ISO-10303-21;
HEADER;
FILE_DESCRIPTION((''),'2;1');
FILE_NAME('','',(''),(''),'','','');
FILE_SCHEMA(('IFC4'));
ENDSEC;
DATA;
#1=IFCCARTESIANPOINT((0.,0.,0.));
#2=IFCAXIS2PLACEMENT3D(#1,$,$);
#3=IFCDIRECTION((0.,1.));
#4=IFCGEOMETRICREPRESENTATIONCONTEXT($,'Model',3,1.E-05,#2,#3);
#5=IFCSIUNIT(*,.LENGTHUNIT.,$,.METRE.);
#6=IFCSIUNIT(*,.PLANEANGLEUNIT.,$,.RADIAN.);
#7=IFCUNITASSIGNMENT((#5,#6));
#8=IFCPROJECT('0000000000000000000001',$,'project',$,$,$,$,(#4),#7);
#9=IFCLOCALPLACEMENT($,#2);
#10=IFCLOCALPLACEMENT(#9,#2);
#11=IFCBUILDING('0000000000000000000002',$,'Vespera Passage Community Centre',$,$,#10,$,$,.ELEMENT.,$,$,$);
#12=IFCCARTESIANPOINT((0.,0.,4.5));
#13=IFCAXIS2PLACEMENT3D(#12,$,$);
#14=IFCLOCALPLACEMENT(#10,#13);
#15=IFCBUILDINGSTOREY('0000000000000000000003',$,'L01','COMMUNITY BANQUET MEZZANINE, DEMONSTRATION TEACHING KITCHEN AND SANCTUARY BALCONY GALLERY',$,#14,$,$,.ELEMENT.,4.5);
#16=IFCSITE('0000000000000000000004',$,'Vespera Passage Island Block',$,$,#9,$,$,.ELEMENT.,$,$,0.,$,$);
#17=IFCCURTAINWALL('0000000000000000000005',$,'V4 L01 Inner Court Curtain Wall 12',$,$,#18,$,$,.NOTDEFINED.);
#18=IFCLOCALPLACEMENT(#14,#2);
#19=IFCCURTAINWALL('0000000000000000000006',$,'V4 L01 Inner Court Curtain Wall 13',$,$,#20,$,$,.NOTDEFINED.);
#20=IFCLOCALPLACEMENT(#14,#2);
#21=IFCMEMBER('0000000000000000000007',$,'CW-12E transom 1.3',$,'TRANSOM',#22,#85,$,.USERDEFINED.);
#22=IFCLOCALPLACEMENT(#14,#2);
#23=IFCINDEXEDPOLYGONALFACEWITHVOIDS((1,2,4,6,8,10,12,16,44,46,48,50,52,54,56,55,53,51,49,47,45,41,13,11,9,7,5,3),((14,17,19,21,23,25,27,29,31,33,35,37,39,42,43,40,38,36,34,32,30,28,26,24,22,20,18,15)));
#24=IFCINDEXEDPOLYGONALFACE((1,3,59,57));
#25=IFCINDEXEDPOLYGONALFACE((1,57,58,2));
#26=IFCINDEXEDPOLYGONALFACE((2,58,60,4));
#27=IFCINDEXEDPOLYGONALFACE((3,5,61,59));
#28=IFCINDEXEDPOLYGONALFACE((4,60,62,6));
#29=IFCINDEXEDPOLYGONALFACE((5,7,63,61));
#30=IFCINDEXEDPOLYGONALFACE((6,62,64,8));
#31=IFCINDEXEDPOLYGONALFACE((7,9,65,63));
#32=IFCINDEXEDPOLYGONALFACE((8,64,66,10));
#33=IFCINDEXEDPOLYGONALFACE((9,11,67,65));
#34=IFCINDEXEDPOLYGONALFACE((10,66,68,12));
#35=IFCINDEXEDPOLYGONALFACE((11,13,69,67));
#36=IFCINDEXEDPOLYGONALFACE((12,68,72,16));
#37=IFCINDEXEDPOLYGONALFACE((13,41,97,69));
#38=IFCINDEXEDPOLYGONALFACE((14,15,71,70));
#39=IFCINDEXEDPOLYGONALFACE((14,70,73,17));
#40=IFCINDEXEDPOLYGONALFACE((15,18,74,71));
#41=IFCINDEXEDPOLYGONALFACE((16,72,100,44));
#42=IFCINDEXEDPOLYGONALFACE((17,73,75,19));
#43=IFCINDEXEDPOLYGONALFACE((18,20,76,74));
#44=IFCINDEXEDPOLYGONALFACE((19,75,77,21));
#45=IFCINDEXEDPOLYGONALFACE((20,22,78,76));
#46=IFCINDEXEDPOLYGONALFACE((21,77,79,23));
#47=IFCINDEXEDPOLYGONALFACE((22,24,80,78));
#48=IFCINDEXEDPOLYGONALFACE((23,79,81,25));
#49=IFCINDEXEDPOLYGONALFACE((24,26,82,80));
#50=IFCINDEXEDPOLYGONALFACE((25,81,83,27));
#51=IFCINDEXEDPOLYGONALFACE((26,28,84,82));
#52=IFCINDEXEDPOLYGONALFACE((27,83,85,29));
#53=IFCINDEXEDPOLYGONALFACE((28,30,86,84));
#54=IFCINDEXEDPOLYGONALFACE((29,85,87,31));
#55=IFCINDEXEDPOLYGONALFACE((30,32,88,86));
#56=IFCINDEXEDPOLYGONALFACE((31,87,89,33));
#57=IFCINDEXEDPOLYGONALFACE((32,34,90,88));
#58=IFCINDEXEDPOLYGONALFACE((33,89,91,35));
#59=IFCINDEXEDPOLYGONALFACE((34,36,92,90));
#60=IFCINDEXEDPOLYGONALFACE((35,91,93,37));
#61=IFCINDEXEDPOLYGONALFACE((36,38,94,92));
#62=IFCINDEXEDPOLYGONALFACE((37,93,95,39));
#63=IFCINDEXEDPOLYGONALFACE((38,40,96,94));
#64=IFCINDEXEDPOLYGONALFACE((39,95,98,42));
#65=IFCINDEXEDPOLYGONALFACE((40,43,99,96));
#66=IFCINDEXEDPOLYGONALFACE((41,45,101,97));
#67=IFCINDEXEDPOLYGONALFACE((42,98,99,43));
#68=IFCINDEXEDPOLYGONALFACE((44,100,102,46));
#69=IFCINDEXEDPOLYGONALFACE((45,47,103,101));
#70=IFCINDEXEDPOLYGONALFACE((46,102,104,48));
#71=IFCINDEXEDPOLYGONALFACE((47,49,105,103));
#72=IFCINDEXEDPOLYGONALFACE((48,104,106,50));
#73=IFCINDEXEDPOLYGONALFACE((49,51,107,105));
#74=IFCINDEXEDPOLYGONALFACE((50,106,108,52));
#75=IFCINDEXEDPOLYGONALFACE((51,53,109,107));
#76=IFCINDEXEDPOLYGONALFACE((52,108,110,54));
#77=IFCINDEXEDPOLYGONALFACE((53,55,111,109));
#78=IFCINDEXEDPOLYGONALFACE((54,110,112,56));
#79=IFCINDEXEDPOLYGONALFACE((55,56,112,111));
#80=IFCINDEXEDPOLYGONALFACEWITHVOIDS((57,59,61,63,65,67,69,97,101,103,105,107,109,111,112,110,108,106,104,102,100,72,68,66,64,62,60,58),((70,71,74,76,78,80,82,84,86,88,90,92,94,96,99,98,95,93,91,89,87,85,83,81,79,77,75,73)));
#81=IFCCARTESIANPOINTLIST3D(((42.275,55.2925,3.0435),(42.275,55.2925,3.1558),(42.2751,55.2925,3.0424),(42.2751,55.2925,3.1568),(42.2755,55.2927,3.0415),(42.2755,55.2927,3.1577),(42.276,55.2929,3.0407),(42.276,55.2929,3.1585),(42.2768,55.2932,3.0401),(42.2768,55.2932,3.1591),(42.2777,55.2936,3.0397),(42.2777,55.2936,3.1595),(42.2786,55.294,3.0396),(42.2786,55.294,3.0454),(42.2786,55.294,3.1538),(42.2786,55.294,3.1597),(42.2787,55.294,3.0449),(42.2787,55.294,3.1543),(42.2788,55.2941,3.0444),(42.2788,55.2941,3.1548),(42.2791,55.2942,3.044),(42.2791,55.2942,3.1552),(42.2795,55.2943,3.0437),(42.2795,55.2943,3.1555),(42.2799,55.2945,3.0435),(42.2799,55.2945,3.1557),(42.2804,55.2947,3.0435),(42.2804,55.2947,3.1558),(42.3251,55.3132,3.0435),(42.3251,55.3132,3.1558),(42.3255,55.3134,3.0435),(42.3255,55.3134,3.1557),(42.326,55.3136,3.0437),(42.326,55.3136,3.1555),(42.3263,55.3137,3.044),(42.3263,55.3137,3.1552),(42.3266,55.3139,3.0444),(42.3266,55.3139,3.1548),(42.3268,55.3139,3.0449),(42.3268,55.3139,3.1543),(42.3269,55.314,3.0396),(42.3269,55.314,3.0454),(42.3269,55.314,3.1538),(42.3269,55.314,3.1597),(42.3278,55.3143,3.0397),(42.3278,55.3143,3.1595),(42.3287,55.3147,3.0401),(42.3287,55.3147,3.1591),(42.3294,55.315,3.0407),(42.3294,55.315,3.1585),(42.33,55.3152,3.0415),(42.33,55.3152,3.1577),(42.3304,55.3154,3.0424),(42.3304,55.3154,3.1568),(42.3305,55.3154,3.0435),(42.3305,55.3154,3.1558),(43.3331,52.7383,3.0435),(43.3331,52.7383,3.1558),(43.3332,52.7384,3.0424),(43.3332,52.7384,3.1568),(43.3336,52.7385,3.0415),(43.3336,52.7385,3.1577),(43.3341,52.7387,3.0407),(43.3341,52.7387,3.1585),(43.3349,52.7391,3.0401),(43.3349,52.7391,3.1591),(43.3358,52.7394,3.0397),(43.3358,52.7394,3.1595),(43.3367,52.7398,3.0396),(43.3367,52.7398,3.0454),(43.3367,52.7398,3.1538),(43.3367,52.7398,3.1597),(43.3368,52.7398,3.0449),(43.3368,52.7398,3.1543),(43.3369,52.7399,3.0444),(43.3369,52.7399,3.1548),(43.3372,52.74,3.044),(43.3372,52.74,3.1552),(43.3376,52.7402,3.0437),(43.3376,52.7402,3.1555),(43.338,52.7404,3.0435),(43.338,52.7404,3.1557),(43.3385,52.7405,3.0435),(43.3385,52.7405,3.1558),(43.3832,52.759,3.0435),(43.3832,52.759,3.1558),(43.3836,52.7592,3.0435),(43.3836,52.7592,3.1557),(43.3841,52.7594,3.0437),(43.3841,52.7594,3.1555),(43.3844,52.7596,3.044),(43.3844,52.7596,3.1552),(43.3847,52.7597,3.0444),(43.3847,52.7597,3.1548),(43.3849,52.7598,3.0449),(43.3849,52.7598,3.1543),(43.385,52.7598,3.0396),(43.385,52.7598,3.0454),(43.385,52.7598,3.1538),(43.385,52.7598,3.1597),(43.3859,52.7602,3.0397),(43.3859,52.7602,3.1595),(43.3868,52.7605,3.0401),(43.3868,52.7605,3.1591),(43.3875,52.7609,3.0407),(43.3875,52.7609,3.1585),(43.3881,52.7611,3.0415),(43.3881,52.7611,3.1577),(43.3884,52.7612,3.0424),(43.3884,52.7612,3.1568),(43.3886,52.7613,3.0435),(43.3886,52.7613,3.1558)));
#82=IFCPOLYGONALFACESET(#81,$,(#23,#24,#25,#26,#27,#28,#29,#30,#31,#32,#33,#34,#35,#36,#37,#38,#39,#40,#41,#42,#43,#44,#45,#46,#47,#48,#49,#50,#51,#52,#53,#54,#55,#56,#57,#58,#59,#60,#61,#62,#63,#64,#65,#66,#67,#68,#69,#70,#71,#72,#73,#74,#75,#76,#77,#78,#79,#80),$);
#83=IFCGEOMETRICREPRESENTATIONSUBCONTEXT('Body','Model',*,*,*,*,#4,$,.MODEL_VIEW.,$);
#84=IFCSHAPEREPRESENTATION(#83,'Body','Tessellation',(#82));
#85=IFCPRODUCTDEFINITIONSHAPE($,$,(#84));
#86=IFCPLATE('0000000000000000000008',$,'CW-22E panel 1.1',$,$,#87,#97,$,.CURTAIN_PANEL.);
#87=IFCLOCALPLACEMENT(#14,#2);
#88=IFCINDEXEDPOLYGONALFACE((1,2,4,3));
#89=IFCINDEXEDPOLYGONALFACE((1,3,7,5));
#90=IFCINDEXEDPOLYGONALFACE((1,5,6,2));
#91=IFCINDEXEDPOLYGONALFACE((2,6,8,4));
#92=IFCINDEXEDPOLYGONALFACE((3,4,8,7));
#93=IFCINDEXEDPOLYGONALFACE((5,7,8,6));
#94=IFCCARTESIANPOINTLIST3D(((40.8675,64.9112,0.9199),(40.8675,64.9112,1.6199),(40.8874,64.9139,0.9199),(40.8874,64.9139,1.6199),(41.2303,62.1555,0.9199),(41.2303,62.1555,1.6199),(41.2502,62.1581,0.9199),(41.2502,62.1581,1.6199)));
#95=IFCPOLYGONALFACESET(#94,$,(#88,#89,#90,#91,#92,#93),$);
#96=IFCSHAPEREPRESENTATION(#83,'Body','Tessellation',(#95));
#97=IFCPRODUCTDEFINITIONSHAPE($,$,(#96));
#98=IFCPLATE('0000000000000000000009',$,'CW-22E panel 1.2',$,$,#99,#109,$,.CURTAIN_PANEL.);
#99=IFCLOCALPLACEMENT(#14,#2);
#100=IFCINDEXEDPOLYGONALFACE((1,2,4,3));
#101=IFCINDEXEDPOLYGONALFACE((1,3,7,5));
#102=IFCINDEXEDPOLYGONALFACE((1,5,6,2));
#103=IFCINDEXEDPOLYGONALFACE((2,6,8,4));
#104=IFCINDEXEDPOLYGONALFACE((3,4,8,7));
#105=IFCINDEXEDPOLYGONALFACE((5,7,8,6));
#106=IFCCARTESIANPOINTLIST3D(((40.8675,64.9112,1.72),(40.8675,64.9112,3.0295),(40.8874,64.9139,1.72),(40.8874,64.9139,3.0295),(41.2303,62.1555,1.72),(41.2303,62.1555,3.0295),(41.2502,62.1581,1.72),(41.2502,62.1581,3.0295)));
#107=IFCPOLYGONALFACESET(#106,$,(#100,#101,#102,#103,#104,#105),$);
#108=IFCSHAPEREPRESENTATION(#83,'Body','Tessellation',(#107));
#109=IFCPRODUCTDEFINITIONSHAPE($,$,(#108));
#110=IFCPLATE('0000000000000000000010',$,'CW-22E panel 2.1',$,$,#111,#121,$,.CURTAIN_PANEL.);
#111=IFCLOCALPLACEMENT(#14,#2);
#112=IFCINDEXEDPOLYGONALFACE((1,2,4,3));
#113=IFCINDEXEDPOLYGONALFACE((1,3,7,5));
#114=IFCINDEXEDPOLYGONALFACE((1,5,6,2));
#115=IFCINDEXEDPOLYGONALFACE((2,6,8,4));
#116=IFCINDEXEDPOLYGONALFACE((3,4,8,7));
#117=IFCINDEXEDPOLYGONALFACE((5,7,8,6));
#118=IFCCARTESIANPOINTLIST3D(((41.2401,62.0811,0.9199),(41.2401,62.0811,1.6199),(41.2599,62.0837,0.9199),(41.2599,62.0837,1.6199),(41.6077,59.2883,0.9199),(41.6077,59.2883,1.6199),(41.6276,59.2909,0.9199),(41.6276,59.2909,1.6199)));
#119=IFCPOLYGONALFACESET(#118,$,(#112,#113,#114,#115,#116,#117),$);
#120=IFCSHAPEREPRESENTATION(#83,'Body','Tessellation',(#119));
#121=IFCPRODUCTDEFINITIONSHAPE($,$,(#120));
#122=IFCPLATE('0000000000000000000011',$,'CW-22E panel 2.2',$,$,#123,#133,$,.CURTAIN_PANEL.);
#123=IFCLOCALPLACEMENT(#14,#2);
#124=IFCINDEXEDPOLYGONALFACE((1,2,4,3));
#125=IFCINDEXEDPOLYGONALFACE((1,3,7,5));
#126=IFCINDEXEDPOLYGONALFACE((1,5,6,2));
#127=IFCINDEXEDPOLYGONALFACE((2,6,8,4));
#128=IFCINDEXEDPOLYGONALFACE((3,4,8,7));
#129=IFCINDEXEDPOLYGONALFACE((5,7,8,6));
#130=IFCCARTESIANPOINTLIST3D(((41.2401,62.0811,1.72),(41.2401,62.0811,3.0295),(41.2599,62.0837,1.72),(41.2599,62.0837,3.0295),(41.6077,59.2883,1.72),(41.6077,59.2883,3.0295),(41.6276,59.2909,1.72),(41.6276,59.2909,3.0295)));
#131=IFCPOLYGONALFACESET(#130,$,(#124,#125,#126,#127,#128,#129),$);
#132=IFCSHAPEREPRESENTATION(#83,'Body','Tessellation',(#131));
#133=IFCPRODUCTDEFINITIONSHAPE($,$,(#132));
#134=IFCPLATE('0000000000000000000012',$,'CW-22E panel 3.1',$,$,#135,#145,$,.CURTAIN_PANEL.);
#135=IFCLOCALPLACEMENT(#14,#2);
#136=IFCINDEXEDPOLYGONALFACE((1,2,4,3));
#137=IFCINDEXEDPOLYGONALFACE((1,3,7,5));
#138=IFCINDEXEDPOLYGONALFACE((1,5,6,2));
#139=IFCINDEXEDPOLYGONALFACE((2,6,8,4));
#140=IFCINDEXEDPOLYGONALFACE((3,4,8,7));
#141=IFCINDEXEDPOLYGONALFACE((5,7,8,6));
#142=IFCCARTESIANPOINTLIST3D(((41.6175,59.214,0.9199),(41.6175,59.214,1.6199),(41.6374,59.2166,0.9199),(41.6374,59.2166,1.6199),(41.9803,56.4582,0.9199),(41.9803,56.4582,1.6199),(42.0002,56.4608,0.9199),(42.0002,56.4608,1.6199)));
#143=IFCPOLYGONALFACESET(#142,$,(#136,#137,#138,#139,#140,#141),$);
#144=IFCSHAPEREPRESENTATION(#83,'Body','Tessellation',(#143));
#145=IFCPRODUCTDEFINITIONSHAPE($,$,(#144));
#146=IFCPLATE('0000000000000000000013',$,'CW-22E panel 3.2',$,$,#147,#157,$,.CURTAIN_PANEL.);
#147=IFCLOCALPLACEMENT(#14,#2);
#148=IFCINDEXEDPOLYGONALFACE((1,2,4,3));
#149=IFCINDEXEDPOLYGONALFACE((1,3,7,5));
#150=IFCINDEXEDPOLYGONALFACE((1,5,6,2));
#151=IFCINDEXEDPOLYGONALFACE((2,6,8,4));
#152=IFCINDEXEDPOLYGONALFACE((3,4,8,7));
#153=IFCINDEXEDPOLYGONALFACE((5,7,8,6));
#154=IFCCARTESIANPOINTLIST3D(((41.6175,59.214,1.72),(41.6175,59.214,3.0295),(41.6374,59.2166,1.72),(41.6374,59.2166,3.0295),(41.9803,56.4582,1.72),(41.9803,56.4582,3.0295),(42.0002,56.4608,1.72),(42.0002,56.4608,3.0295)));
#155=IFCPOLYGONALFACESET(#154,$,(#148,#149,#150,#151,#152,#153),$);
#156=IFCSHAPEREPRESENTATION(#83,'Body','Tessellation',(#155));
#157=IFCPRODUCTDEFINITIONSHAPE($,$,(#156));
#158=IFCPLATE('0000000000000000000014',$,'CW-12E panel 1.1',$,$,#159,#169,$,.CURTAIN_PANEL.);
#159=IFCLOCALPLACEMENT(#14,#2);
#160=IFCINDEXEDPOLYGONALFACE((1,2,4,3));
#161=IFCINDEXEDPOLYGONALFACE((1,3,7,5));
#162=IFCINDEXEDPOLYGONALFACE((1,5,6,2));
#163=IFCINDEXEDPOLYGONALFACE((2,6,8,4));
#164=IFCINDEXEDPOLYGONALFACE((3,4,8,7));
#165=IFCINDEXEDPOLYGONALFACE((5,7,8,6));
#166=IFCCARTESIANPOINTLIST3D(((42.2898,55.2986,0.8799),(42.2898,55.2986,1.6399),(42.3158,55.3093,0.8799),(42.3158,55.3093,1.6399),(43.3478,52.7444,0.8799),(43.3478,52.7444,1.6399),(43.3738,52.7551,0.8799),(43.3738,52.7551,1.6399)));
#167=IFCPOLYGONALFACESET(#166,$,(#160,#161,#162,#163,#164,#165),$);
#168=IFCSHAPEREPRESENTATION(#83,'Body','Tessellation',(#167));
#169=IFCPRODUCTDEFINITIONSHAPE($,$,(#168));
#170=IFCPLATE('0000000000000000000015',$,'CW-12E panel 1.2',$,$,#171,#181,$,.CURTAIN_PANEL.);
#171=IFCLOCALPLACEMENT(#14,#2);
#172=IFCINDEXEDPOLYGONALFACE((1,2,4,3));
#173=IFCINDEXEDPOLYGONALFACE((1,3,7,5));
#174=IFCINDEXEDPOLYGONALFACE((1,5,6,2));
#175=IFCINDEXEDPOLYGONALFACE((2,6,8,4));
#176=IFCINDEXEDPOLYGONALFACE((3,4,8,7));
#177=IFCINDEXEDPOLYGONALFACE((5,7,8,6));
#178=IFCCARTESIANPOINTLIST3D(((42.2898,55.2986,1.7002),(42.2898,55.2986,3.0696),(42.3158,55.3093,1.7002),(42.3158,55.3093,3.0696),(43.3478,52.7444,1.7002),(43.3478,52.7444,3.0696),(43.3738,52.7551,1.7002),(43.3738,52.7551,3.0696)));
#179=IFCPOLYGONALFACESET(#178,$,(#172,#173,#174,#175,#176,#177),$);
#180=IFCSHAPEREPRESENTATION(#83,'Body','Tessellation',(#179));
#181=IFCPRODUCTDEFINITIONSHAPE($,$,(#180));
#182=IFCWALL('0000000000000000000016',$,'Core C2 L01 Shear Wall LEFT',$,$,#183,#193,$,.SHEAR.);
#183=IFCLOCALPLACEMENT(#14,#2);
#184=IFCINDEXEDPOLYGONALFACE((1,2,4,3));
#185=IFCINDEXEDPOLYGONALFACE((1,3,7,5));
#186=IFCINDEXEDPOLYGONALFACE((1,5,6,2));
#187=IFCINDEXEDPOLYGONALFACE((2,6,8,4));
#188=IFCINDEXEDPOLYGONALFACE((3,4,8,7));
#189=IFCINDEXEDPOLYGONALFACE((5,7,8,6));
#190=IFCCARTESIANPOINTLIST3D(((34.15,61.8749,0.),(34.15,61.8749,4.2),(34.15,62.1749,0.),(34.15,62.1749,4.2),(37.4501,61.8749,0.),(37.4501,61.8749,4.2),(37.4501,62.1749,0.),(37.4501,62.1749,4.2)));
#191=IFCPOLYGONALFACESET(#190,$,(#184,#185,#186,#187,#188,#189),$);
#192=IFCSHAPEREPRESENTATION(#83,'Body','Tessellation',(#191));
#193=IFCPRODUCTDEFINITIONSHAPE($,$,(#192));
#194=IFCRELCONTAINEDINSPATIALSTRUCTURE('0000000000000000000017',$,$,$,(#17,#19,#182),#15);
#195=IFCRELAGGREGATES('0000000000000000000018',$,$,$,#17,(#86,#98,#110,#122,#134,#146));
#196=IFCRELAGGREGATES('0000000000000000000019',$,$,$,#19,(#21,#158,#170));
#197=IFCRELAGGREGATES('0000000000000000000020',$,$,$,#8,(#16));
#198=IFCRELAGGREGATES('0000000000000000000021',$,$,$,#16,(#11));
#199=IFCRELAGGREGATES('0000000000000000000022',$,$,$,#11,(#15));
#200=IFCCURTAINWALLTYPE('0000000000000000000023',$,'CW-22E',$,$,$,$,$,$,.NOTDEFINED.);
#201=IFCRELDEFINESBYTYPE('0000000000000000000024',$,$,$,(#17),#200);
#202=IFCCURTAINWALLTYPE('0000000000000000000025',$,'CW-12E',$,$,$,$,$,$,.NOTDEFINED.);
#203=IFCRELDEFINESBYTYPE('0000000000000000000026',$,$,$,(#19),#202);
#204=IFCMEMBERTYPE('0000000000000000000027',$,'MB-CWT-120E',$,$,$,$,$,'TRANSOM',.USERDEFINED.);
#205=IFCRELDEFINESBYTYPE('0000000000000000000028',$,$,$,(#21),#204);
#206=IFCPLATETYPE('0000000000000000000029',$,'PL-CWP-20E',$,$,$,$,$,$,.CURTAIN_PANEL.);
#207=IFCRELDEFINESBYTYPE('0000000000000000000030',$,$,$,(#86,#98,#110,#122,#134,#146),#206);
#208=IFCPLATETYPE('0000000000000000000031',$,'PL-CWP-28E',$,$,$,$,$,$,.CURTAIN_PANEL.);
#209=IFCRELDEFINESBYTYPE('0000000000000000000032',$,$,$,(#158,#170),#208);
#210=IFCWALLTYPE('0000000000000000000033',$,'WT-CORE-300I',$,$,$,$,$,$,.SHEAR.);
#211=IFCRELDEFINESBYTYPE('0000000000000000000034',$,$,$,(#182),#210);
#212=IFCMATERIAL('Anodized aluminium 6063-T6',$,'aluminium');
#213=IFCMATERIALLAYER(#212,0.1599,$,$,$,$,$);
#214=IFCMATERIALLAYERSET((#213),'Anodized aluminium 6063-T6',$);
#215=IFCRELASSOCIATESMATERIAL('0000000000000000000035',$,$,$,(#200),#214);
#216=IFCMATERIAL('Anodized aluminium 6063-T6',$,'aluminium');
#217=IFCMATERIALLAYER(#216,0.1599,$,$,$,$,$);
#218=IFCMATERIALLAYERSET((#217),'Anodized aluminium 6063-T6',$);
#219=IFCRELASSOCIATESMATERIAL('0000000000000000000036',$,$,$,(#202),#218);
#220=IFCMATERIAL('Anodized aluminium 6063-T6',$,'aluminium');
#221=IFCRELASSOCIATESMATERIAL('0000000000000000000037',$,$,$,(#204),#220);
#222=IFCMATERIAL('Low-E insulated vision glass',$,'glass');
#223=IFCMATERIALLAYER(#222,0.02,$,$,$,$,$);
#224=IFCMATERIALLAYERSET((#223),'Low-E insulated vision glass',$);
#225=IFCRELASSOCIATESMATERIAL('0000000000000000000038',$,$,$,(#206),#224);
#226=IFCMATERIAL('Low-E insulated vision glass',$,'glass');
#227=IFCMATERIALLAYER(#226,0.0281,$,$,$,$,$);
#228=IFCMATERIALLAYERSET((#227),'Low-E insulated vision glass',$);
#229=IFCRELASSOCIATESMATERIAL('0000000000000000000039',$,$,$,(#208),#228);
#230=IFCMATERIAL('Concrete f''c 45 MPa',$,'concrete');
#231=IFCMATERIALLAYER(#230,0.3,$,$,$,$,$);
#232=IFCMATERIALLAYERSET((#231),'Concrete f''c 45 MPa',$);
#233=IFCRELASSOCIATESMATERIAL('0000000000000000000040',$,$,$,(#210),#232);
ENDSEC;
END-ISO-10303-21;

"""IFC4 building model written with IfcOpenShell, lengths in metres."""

from ifc_helpers import new_model, si_unit, direction, frame, frame_2d, origin, origin_2d, place, context, subcontext, project, spatial, rectangle, hollow_rectangle, extrude, material, layer, layer_set, material_profile, profile_set, type_object, element, aggregate, save


model = new_model("IFC4")

# Units and contexts
model_context = context("Model", 3, precision=1e-05, world=origin(), true_north=direction((0.0, 1.0)))
body_context = subcontext(model_context, "Body", "Model", "MODEL_VIEW")
ifc_project = project(units=[si_unit("LENGTHUNIT", "METRE"), si_unit("PLANEANGLEUNIT", "RADIAN")], contexts=[model_context])

# Site, building, storey
site_placement = place(None, origin())
site = spatial("IfcSite", under=ifc_project, at=site_placement, Name="Vespera Passage Island Block", CompositionType="ELEMENT", RefElevation=0.0)
building_placement = place(site_placement, origin())
building = spatial("IfcBuilding", under=site, at=building_placement, Name="Vespera Passage Community Centre", CompositionType="ELEMENT")
storey_placement = place(building_placement, frame((0.0, 0.0, 4.5)))
storey = spatial("IfcBuildingStorey", under=building, at=storey_placement, Name="L01", Description="COMMUNITY BANQUET MEZZANINE, DEMONSTRATION TEACHING KITCHEN AND SANCTUARY BALCONY GALLERY", CompositionType="ELEMENT", Elevation=4.5)

# Curtain wall
ifc_material_1 = material(Name="Anodized aluminium 6063-T6", Category="aluminium")
ifc_layer_1 = layer(ifc_material_1, 0.1599)
ifc_layer_set_1 = layer_set([ifc_layer_1], Name="Anodized aluminium 6063-T6")
curtain_wall_type_1 = type_object("IfcCurtainWallType", Name="CW-22E", PredefinedType="NOTDEFINED", material=ifc_layer_set_1)
curtain_wall_1_placement = place(storey_placement, origin())
curtain_wall_1 = element("IfcCurtainWall", 1, at=curtain_wall_1_placement, inside=storey, type_object=curtain_wall_type_1, Name="V4 L01 Inner Court Curtain Wall 12", PredefinedType="NOTDEFINED")

# Curtain wall
ifc_material_2 = material(Name="Anodized aluminium 6063-T6", Category="aluminium")
ifc_layer_2 = layer(ifc_material_2, 0.1599)
ifc_layer_set_2 = layer_set([ifc_layer_2], Name="Anodized aluminium 6063-T6")
curtain_wall_type_2 = type_object("IfcCurtainWallType", Name="CW-12E", PredefinedType="NOTDEFINED", material=ifc_layer_set_2)
curtain_wall_2_placement = place(storey_placement, origin())
curtain_wall_2 = element("IfcCurtainWall", 2, at=curtain_wall_2_placement, inside=storey, type_object=curtain_wall_type_2, Name="V4 L01 Inner Court Curtain Wall 13", PredefinedType="NOTDEFINED")

# Member
ifc_material_3 = material(Name="Anodized aluminium 6063-T6", Category="aluminium")
ifc_material_profile_1 = material_profile(ifc_material_3, hollow_rectangle(XDim=0.0601, YDim=0.1201, WallThickness=0.0039, InnerFilletRadius=0.002, OuterFilletRadius=0.0039, at=origin_2d()), Name="ALU120X60X4")
ifc_profile_set_1 = profile_set([ifc_material_profile_1], Name="Anodized aluminium 6063-T6")
member_type_1 = type_object("IfcMemberType", Name="MB-CWT-120E", ElementType="TRANSOM", PredefinedType="USERDEFINED", material=ifc_profile_set_1)
member_1_placement = place(storey_placement, frame((42.3027, 55.304, 3.0996), z_axis=(0.382721, -0.923864, 0.0), x_axis=(0.923864, 0.382721, 0.0)))
member_1 = element("IfcMember", 3, at=member_1_placement, type_object=member_type_1, Name="CW-12E transom 1.3", ObjectType="TRANSOM", PredefinedType="USERDEFINED", context=body_context, shape_type="SweptSolid", body=[
    extrude(hollow_rectangle(XDim=0.0601, YDim=0.1201, WallThickness=0.0039, InnerFilletRadius=0.002, OuterFilletRadius=0.0039, at=origin_2d()), origin(), (0.0, 0.0, 1.0), 2.7646),
])

# Plates
ifc_material_4 = material(Name="Low-E insulated vision glass", Category="glass")
ifc_layer_3 = layer(ifc_material_4, 0.02)
ifc_layer_set_3 = layer_set([ifc_layer_3], Name="Low-E insulated vision glass")
plate_type_1 = type_object("IfcPlateType", Name="PL-CWP-20E", PredefinedType="CURTAIN_PANEL", material=ifc_layer_set_3)
plate_1_placement = place(storey_placement, frame((41.0588, 63.5347, 0.9199), z_axis=(0.0, 0.0, 1.0), x_axis=(0.130522, -0.991445, 0.0)))
plate_1 = element("IfcPlate", 4, at=plate_1_placement, type_object=plate_type_1, Name="CW-22E panel 1.1", PredefinedType="CURTAIN_PANEL", context=body_context, shape_type="SweptSolid", body=[
    extrude(rectangle(XDim=2.7795, YDim=0.02, at=origin_2d()), origin(), (0.0, 0.0, 1.0), 0.7),
])
plate_2_placement = place(storey_placement, frame((41.0588, 63.5347, 1.72), z_axis=(0.0, 0.0, 1.0), x_axis=(0.130522, -0.991445, 0.0)))
plate_2 = element("IfcPlate", 5, at=plate_2_placement, type_object=plate_type_1, Name="CW-22E panel 1.2", PredefinedType="CURTAIN_PANEL", context=body_context, shape_type="SweptSolid", body=[
    extrude(rectangle(XDim=2.7795, YDim=0.02, at=origin_2d()), origin(), (0.0, 0.0, 1.0), 1.3096),
])
plate_3_placement = place(storey_placement, frame((41.4338, 60.686, 0.9199), z_axis=(0.0, 0.0, 1.0), x_axis=(0.130522, -0.991445, 0.0)))
plate_3 = element("IfcPlate", 6, at=plate_3_placement, type_object=plate_type_1, Name="CW-22E panel 2.1", PredefinedType="CURTAIN_PANEL", context=body_context, shape_type="SweptSolid", body=[
    extrude(rectangle(XDim=2.8169, YDim=0.02, at=origin_2d()), origin(), (0.0, 0.0, 1.0), 0.7),
])
plate_4_placement = place(storey_placement, frame((41.4338, 60.686, 1.72), z_axis=(0.0, 0.0, 1.0), x_axis=(0.130522, -0.991445, 0.0)))
plate_4 = element("IfcPlate", 7, at=plate_4_placement, type_object=plate_type_1, Name="CW-22E panel 2.2", PredefinedType="CURTAIN_PANEL", context=body_context, shape_type="SweptSolid", body=[
    extrude(rectangle(XDim=2.8169, YDim=0.02, at=origin_2d()), origin(), (0.0, 0.0, 1.0), 1.3096),
])
plate_5_placement = place(storey_placement, frame((41.8088, 57.8374, 0.9199), z_axis=(0.0, 0.0, 1.0), x_axis=(0.130522, -0.991445, 0.0)))
plate_5 = element("IfcPlate", 8, at=plate_5_placement, type_object=plate_type_1, Name="CW-22E panel 3.1", PredefinedType="CURTAIN_PANEL", context=body_context, shape_type="SweptSolid", body=[
    extrude(rectangle(XDim=2.7795, YDim=0.02, at=origin_2d()), origin(), (0.0, 0.0, 1.0), 0.7),
])
plate_6_placement = place(storey_placement, frame((41.8088, 57.8374, 1.72), z_axis=(0.0, 0.0, 1.0), x_axis=(0.130522, -0.991445, 0.0)))
plate_6 = element("IfcPlate", 9, at=plate_6_placement, type_object=plate_type_1, Name="CW-22E panel 3.2", PredefinedType="CURTAIN_PANEL", context=body_context, shape_type="SweptSolid", body=[
    extrude(rectangle(XDim=2.7795, YDim=0.02, at=origin_2d()), origin(), (0.0, 0.0, 1.0), 1.3096),
])
aggregate(curtain_wall_1, [plate_1, plate_2, plate_3, plate_4, plate_5, plate_6])
ifc_material_5 = material(Name="Low-E insulated vision glass", Category="glass")
ifc_layer_4 = layer(ifc_material_5, 0.0281)
ifc_layer_set_4 = layer_set([ifc_layer_4], Name="Low-E insulated vision glass")
plate_type_2 = type_object("IfcPlateType", Name="PL-CWP-28E", PredefinedType="CURTAIN_PANEL", material=ifc_layer_set_4)
plate_7_placement = place(storey_placement, frame((42.8318, 54.0269, 0.8799), z_axis=(0.0, 0.0, 1.0), x_axis=(0.38269, -0.923877, 0.0)))
plate_7 = element("IfcPlate", 10, at=plate_7_placement, type_object=plate_type_2, Name="CW-12E panel 1.1", PredefinedType="CURTAIN_PANEL", context=body_context, shape_type="SweptSolid", body=[
    extrude(rectangle(XDim=2.7646, YDim=0.0281, at=origin_2d()), origin(), (0.0, 0.0, 1.0), 0.76),
])
plate_8_placement = place(storey_placement, frame((42.8318, 54.0269, 1.7002), z_axis=(0.0, 0.0, 1.0), x_axis=(0.38269, -0.923877, 0.0)))
plate_8 = element("IfcPlate", 11, at=plate_8_placement, type_object=plate_type_2, Name="CW-12E panel 1.2", PredefinedType="CURTAIN_PANEL", context=body_context, shape_type="SweptSolid", body=[
    extrude(rectangle(XDim=2.7646, YDim=0.0281, at=origin_2d()), origin(), (0.0, 0.0, 1.0), 1.3694),
])
aggregate(curtain_wall_2, [member_1, plate_7, plate_8])

# Wall
ifc_material_6 = material(Name="Concrete f'c 45 MPa", Category="concrete")
ifc_layer_5 = layer(ifc_material_6, 0.3)
ifc_layer_set_5 = layer_set([ifc_layer_5], Name="Concrete f'c 45 MPa")
wall_type_1 = type_object("IfcWallType", Name="WT-CORE-300I", PredefinedType="SHEAR", material=ifc_layer_set_5)
wall_1_placement = place(storey_placement, frame((37.45, 62.0249, 0.0), z_axis=(0.0, 0.0, 1.0), x_axis=(-1.0, 0.0, 0.0)))
element("IfcWall", 12, at=wall_1_placement, inside=storey, type_object=wall_type_1, Name="Core C2 L01 Shear Wall LEFT", PredefinedType="SHEAR", context=body_context, shape_type="SweptSolid", body=[
    extrude(rectangle(XDim=3.3, YDim=0.3, at=frame_2d((1.6499, 0.0))), origin(), (0.0, 0.0, 1.0), 4.2),
])

save(model, "model.ifc")
